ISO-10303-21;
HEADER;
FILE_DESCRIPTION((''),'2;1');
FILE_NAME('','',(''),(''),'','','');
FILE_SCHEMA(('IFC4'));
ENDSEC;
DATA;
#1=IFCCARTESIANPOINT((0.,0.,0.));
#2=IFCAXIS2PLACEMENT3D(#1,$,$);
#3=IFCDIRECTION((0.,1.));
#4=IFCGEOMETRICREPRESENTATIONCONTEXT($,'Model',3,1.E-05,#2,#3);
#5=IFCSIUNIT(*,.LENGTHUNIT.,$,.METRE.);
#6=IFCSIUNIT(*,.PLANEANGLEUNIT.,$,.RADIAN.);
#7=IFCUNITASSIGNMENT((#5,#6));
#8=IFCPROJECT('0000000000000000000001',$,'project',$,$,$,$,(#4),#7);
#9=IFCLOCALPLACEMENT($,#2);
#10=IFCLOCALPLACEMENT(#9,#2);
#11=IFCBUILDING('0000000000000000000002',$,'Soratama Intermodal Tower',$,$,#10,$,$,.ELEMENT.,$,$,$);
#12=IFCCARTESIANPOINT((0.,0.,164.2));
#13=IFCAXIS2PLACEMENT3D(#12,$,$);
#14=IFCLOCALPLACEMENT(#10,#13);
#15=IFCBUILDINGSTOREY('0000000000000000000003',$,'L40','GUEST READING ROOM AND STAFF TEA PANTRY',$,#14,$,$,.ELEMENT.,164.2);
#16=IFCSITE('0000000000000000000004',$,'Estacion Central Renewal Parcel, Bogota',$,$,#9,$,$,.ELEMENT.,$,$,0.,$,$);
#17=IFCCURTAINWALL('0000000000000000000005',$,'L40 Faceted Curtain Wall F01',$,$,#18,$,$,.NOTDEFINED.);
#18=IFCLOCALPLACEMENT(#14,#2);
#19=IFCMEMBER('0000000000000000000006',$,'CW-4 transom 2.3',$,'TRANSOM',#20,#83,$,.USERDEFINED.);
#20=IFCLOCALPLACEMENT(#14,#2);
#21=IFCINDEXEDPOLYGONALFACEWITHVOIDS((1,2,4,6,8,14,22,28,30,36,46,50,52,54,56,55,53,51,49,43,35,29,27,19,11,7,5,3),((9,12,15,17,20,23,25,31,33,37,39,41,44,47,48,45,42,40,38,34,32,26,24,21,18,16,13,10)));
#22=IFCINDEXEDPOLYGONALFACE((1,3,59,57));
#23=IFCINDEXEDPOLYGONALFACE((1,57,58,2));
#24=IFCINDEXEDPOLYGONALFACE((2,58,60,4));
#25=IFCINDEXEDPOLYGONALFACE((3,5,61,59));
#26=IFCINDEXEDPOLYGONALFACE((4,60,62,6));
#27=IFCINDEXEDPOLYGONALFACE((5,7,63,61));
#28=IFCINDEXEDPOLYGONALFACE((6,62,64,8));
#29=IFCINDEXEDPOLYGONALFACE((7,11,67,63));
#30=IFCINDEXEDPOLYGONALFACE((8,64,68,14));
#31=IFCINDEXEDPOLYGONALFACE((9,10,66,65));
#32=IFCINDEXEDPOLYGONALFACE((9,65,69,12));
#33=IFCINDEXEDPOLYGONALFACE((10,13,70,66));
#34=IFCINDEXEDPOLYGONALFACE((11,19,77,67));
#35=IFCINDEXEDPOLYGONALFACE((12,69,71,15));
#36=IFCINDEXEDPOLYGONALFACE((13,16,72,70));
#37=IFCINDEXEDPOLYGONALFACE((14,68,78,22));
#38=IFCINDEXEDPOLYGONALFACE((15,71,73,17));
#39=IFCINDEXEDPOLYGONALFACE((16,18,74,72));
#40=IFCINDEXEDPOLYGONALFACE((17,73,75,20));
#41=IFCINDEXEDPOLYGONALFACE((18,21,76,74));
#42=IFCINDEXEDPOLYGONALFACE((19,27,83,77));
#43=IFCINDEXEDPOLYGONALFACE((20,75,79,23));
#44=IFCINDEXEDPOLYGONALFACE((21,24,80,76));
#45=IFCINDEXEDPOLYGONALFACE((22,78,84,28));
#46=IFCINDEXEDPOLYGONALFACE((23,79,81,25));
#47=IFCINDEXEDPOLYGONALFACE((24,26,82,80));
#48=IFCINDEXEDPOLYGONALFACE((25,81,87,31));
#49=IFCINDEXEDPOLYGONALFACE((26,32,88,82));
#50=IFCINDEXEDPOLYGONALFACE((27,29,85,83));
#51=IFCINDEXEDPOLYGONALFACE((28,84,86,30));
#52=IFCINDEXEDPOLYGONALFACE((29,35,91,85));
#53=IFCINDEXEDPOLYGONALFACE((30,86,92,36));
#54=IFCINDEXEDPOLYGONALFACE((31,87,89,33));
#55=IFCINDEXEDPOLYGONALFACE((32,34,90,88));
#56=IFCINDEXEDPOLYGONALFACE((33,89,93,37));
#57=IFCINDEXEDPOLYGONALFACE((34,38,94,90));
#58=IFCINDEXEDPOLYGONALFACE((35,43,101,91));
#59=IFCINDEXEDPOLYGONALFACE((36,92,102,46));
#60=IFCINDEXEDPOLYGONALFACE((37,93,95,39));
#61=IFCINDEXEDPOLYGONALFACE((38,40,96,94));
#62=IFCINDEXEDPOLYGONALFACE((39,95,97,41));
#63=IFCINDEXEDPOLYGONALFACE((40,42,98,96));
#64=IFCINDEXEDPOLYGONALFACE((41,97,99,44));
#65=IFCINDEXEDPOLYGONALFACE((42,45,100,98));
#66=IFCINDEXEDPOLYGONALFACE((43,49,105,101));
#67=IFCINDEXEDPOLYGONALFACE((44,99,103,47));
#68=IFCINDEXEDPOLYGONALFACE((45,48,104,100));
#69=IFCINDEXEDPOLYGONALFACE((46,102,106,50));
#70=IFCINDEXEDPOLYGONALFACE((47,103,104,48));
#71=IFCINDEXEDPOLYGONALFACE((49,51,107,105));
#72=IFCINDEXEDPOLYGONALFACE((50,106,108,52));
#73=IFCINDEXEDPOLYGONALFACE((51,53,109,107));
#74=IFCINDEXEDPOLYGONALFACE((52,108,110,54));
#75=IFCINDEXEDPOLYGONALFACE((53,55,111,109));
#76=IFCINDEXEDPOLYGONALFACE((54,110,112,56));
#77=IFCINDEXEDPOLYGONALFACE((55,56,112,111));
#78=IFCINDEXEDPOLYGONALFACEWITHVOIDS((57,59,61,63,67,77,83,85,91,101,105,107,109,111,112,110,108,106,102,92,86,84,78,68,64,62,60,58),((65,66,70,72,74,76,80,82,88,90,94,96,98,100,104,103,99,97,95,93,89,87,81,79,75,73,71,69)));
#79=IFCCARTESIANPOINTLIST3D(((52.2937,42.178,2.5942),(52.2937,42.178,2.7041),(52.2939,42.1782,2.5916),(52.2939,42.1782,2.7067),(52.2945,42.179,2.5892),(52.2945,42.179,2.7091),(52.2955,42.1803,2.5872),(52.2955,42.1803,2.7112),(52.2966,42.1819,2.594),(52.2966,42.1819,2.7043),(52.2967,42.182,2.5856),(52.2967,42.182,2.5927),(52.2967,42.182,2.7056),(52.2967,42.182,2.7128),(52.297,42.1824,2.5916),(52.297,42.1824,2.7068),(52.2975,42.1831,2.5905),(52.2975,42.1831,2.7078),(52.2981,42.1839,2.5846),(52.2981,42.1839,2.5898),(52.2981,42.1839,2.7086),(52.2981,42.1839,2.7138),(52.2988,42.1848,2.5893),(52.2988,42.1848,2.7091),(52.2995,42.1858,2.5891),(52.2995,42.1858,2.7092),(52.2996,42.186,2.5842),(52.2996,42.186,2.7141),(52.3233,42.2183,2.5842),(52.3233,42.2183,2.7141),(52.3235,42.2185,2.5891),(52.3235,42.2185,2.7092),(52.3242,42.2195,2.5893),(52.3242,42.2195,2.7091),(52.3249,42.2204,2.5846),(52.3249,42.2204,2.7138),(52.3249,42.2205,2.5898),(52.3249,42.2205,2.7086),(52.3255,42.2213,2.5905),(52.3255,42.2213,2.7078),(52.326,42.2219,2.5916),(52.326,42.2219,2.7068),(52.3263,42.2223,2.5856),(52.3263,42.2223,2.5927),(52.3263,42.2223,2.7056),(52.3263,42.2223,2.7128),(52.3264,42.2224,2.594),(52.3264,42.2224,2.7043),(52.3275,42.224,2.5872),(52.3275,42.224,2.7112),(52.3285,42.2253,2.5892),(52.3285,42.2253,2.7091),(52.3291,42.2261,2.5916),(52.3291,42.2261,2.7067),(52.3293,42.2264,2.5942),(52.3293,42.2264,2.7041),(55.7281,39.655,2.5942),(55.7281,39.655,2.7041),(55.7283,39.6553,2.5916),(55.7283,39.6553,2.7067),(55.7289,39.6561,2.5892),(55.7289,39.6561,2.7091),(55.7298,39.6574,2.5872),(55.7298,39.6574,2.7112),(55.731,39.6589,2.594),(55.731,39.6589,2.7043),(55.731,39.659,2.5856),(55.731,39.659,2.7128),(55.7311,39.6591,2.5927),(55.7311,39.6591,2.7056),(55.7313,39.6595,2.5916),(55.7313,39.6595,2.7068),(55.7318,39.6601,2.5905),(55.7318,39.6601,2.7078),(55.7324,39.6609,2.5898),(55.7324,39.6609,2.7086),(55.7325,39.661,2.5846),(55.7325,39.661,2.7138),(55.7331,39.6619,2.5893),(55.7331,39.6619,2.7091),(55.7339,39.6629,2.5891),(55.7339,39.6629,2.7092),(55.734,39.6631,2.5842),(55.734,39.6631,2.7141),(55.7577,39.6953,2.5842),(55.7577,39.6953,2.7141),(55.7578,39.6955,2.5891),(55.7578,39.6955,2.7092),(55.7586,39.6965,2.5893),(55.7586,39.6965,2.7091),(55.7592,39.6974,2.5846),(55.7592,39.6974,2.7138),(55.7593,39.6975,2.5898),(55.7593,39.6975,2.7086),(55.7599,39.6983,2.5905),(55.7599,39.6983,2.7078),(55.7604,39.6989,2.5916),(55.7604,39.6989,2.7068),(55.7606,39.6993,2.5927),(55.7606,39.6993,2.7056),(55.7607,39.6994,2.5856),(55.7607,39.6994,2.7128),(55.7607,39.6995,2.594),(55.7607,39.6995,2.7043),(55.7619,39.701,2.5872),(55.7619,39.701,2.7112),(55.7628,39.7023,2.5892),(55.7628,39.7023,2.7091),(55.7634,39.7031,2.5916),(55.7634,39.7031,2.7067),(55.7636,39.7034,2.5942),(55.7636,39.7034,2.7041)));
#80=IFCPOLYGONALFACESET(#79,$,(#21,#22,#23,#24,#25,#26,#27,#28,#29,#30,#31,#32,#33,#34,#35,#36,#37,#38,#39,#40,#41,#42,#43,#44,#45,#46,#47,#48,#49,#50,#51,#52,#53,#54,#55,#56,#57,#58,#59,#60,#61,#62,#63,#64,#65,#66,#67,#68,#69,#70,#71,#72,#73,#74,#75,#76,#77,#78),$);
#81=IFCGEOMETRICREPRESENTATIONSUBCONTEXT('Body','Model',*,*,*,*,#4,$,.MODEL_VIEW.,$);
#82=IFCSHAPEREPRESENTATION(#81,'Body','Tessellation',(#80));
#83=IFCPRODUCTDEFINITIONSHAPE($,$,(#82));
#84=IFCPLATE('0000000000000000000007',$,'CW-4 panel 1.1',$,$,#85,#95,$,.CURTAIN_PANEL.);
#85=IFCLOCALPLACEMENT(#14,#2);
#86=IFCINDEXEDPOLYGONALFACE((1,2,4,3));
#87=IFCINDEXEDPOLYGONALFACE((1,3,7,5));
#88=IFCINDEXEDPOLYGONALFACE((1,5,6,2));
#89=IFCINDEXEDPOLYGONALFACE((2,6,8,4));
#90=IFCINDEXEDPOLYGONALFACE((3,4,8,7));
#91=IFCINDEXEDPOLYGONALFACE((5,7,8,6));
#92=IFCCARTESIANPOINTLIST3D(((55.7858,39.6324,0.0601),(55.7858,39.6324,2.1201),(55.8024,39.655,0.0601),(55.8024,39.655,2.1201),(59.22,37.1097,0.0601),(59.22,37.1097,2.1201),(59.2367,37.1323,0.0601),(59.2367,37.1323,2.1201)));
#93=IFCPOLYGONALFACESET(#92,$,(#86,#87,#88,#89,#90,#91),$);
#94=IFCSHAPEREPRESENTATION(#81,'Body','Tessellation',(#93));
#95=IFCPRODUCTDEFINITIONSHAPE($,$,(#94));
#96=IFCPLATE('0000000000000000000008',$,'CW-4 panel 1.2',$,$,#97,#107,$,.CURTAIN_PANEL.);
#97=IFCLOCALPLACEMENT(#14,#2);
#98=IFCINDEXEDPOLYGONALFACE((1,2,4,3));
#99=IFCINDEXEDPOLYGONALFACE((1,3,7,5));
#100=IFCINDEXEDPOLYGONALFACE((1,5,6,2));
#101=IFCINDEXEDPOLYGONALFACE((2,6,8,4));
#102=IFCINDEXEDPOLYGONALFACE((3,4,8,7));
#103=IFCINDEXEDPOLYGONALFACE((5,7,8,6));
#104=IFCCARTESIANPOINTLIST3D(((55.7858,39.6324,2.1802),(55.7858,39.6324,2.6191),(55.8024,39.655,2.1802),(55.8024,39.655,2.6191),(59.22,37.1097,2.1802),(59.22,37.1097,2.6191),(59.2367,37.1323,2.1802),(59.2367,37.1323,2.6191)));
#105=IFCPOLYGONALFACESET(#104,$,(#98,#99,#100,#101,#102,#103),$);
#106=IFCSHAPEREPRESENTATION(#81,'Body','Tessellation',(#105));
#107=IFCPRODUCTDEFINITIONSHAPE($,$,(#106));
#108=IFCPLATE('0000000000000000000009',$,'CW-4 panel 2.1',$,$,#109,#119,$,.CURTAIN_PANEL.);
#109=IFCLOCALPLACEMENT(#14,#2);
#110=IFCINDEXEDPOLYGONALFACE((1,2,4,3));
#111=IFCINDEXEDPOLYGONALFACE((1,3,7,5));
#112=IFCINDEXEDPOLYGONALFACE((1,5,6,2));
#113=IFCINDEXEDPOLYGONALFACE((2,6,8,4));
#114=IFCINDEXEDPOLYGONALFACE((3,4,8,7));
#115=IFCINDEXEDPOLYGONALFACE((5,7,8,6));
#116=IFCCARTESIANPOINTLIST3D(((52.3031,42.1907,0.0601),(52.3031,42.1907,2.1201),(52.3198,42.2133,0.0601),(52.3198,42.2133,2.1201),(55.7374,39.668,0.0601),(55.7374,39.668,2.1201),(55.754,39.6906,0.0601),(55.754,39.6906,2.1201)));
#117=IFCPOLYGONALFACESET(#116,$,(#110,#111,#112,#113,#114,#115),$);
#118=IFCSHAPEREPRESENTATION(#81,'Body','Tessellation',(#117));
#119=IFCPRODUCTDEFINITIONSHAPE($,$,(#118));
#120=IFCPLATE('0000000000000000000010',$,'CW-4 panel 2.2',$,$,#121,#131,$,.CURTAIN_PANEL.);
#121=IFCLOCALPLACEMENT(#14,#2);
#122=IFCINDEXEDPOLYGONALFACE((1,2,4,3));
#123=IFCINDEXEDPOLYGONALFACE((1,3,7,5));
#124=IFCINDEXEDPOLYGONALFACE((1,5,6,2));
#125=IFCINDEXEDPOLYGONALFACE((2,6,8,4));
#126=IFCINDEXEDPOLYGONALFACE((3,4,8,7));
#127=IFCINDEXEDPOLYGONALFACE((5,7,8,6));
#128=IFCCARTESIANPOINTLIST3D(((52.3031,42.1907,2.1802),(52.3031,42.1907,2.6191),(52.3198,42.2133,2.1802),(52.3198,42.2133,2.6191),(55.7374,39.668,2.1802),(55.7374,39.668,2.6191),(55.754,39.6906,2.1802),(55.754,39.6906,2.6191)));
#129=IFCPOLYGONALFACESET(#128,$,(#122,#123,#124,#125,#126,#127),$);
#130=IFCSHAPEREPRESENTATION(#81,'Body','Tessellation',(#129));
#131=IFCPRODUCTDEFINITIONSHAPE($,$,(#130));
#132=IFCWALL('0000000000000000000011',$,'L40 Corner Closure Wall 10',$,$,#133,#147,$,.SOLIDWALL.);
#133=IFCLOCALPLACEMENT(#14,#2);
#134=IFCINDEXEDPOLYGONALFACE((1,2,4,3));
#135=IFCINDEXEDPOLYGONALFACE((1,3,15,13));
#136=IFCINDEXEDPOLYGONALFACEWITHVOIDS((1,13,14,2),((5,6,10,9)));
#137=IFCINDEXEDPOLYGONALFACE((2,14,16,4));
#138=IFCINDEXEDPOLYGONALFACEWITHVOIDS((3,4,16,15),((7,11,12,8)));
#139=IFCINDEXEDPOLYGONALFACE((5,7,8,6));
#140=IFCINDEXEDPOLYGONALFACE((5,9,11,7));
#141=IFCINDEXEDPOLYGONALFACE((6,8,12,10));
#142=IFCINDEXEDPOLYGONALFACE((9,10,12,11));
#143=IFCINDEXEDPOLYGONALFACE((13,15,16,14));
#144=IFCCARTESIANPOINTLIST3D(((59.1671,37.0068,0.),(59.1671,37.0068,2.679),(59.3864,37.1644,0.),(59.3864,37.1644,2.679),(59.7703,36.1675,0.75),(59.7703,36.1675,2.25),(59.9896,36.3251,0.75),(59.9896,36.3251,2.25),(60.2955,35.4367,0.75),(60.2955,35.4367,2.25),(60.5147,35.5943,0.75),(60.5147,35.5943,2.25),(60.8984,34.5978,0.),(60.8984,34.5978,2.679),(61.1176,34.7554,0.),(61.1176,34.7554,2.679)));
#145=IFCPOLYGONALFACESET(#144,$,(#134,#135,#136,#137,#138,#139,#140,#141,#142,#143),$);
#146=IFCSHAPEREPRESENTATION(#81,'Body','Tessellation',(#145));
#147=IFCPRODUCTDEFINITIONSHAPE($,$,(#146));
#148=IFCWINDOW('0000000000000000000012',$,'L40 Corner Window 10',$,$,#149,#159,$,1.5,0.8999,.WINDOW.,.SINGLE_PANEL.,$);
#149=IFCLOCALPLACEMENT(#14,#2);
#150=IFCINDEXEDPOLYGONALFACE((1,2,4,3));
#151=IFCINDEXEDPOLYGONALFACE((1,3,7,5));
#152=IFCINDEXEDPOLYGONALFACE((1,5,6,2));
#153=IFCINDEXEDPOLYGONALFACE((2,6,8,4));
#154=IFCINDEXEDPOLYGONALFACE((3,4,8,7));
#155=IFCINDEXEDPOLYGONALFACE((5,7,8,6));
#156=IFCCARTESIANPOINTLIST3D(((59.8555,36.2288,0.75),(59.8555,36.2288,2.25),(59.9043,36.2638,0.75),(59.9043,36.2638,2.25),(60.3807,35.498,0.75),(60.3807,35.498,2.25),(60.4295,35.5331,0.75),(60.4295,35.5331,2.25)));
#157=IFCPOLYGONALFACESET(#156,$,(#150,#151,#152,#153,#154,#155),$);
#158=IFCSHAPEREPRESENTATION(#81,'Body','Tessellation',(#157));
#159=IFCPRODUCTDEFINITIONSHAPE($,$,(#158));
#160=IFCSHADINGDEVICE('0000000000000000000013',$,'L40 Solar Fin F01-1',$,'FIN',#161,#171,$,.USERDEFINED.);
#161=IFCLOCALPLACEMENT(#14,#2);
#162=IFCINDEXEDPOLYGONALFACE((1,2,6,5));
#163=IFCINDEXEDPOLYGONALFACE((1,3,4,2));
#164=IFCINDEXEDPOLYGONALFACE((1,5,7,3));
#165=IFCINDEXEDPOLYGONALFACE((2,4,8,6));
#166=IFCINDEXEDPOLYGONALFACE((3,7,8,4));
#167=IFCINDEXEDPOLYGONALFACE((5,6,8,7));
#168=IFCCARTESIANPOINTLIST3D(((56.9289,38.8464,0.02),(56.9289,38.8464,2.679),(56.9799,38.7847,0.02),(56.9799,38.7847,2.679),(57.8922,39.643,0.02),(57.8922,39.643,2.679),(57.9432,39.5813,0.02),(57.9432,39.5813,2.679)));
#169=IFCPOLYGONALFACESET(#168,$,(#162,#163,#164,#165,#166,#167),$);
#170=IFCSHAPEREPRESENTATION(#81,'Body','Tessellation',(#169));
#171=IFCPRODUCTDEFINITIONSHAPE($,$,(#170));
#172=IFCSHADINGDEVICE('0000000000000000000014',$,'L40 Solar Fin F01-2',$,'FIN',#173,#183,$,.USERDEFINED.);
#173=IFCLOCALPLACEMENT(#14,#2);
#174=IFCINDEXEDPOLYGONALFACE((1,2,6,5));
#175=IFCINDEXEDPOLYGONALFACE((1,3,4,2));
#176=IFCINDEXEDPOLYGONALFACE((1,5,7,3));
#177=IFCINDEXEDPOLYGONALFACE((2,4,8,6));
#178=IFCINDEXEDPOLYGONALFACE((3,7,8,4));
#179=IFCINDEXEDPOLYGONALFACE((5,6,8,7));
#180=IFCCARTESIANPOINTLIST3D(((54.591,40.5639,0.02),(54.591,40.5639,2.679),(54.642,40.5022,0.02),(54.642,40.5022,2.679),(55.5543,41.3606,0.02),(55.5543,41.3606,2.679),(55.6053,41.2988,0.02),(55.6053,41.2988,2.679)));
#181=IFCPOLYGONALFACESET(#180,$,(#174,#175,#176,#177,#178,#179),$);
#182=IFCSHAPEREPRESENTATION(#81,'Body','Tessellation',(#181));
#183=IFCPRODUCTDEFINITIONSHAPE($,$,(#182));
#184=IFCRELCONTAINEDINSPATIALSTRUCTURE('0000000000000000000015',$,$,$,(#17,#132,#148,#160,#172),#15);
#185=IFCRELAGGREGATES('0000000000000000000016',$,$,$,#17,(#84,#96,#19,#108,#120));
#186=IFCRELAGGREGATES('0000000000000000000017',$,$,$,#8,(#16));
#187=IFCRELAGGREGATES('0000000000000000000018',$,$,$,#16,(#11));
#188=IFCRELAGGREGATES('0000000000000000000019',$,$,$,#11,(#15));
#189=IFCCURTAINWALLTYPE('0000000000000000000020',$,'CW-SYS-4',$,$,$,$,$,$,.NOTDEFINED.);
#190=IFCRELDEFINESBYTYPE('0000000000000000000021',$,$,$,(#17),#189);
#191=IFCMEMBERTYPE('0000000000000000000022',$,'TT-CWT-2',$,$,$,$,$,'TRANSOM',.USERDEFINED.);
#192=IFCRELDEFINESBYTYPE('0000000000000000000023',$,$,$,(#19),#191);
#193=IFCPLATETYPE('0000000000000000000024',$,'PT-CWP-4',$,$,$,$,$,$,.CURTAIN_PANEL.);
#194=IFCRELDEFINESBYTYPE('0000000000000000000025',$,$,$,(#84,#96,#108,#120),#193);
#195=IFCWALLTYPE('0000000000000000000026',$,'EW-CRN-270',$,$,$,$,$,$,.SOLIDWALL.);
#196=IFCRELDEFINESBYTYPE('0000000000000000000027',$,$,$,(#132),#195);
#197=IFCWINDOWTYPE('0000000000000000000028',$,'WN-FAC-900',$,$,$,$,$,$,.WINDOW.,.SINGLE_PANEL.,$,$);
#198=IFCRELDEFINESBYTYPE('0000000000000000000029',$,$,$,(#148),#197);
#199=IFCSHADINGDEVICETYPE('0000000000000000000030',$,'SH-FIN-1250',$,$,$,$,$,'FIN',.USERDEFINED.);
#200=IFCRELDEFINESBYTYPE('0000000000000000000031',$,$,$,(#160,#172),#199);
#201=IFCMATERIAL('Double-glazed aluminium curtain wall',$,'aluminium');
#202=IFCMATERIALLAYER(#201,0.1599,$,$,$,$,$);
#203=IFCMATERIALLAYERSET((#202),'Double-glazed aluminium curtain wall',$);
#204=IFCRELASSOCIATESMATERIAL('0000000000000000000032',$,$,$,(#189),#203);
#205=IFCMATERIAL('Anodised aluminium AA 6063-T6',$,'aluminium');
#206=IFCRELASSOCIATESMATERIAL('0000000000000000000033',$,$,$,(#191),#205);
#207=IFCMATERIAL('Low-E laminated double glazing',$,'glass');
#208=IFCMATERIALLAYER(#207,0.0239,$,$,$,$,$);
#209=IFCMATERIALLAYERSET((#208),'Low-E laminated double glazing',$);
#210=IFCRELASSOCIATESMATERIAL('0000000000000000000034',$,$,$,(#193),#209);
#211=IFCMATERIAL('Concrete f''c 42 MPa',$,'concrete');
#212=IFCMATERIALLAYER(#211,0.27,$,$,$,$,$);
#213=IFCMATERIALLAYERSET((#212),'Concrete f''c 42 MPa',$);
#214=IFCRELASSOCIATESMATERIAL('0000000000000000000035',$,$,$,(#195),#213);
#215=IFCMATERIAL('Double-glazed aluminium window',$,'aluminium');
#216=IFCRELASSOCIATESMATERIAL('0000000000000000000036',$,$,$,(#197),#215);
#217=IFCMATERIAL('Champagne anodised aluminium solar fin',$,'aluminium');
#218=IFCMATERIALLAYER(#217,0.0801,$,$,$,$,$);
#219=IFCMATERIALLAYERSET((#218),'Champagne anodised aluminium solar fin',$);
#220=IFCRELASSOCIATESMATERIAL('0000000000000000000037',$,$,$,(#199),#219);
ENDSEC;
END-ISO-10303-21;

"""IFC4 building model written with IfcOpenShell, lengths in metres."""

from ifc_helpers import new_model, si_unit, direction, frame, frame_2d, origin, origin_2d, place, context, subcontext, project, spatial, rectangle, hollow_rectangle, extrude, material, layer, layer_set, material_profile, profile_set, type_object, element, fill, aggregate, save


model = new_model("IFC4")

# Units and contexts
model_context = context("Model", 3, precision=1e-05, world=origin(), true_north=direction((0.0, 1.0)))
body_context = subcontext(model_context, "Body", "Model", "MODEL_VIEW")
ifc_project = project(units=[si_unit("LENGTHUNIT", "METRE"), si_unit("PLANEANGLEUNIT", "RADIAN")], contexts=[model_context])

# Site, building, storey
site_placement = place(None, origin())
site = spatial("IfcSite", under=ifc_project, at=site_placement, Name="Estacion Central Renewal Parcel, Bogota", CompositionType="ELEMENT", RefElevation=0.0)
building_placement = place(site_placement, origin())
building = spatial("IfcBuilding", under=site, at=building_placement, Name="Soratama Intermodal Tower", CompositionType="ELEMENT")
storey_placement = place(building_placement, frame((0.0, 0.0, 164.2)))
storey = spatial("IfcBuildingStorey", under=building, at=storey_placement, Name="L40", Description="GUEST READING ROOM AND STAFF TEA PANTRY", CompositionType="ELEMENT", Elevation=164.2)

# Curtain wall, member, plates
ifc_material_1 = material(Name="Double-glazed aluminium curtain wall", Category="aluminium")
ifc_layer_1 = layer(ifc_material_1, 0.1599)
ifc_layer_set_1 = layer_set([ifc_layer_1], Name="Double-glazed aluminium curtain wall")
curtain_wall_type = type_object("IfcCurtainWallType", Name="CW-SYS-4", PredefinedType="NOTDEFINED", material=ifc_layer_set_1)
curtain_wall_placement = place(storey_placement, origin())
curtain_wall = element("IfcCurtainWall", 1, at=curtain_wall_placement, inside=storey, type_object=curtain_wall_type, Name="L40 Faceted Curtain Wall F01", PredefinedType="NOTDEFINED")
ifc_material_2 = material(Name="Anodised aluminium AA 6063-T6", Category="aluminium")
ifc_material_profile_1 = material_profile(ifc_material_2, hollow_rectangle(XDim=0.0601, YDim=0.1299, WallThickness=0.0049, InnerFilletRadius=0.0049, OuterFilletRadius=0.01, at=origin_2d()), Name="CWT130X60X5")
ifc_profile_set_1 = profile_set([ifc_material_profile_1], Name="Anodised aluminium AA 6063-T6")
member_type_1 = type_object("IfcMemberType", Name="TT-CWT-2", ElementType="TRANSOM", PredefinedType="USERDEFINED", material=ifc_profile_set_1)
member_1_placement = place(storey_placement, frame((55.7458, 39.6792, 2.6492), z_axis=(-0.805907, 0.592042, 0.0), x_axis=(-0.592042, -0.805907, 0.0)))
member_1 = element("IfcMember", 2, at=member_1_placement, type_object=member_type_1, Name="CW-4 transom 2.3", ObjectType="TRANSOM", PredefinedType="USERDEFINED", context=body_context, shape_type="SweptSolid", body=[
    extrude(hollow_rectangle(XDim=0.0601, YDim=0.1299, WallThickness=0.0049, InnerFilletRadius=0.0049, OuterFilletRadius=0.01, at=origin_2d()), origin(), (0.0, 0.0, 1.0), 4.2615),
])
ifc_material_3 = material(Name="Low-E laminated double glazing", Category="glass")
ifc_layer_2 = layer(ifc_material_3, 0.0239)
ifc_layer_set_2 = layer_set([ifc_layer_2], Name="Low-E laminated double glazing")
plate_type = type_object("IfcPlateType", Name="PT-CWP-4", PredefinedType="CURTAIN_PANEL", material=ifc_layer_set_2)
plate_1_placement = place(storey_placement, frame((57.5112, 38.3823, 0.0601), z_axis=(0.0, 0.0, 1.0), x_axis=(-0.805927, 0.592015, 0.0)))
plate_1 = element("IfcPlate", 3, at=plate_1_placement, type_object=plate_type, Name="CW-4 panel 1.1", PredefinedType="CURTAIN_PANEL", context=body_context, shape_type="SweptSolid", body=[
    extrude(rectangle(XDim=4.2612, YDim=0.0281, at=origin_2d()), origin(), (0.0, 0.0, 1.0), 2.0601),
])
plate_2_placement = place(storey_placement, frame((57.5112, 38.3823, 2.1802), z_axis=(0.0, 0.0, 1.0), x_axis=(-0.805927, 0.592015, 0.0)))
plate_2 = element("IfcPlate", 4, at=plate_2_placement, type_object=plate_type, Name="CW-4 panel 1.2", PredefinedType="CURTAIN_PANEL", context=body_context, shape_type="SweptSolid", body=[
    extrude(rectangle(XDim=4.2612, YDim=0.0281, at=origin_2d()), origin(), (0.0, 0.0, 1.0), 0.439),
])
plate_3_placement = place(storey_placement, frame((54.0286, 40.9407, 0.0601), z_axis=(0.0, 0.0, 1.0), x_axis=(-0.805927, 0.592015, 0.0)))
plate_3 = element("IfcPlate", 5, at=plate_3_placement, type_object=plate_type, Name="CW-4 panel 2.1", PredefinedType="CURTAIN_PANEL", context=body_context, shape_type="SweptSolid", body=[
    extrude(rectangle(XDim=4.2612, YDim=0.0281, at=origin_2d()), origin(), (0.0, 0.0, 1.0), 2.0601),
])
plate_4_placement = place(storey_placement, frame((54.0286, 40.9407, 2.1802), z_axis=(0.0, 0.0, 1.0), x_axis=(-0.805927, 0.592015, 0.0)))
plate_4 = element("IfcPlate", 6, at=plate_4_placement, type_object=plate_type, Name="CW-4 panel 2.2", PredefinedType="CURTAIN_PANEL", context=body_context, shape_type="SweptSolid", body=[
    extrude(rectangle(XDim=4.2612, YDim=0.0281, at=origin_2d()), origin(), (0.0, 0.0, 1.0), 0.439),
])
aggregate(curtain_wall, [plate_1, plate_2, member_1, plate_3, plate_4])

# Wall, opening, window
ifc_material_4 = material(Name="Concrete f'c 42 MPa", Category="concrete")
ifc_layer_3 = layer(ifc_material_4, 0.27)
ifc_layer_set_3 = layer_set([ifc_layer_3], Name="Concrete f'c 42 MPa")
wall_type = type_object("IfcWallType", Name="EW-CRN-270", PredefinedType="SOLIDWALL", material=ifc_layer_set_3)
wall_placement = place(storey_placement, frame((61.0081, 34.6765, 0.0), z_axis=(0.0, 0.0, 1.0), x_axis=(-0.583587, 0.812051, 0.0)))
wall = element("IfcWall", 7, at=wall_placement, inside=storey, type_object=wall_type, Name="L40 Corner Closure Wall 10", PredefinedType="SOLIDWALL", context=body_context, shape_type="SweptSolid", body=[
    extrude(rectangle(XDim=2.9666, YDim=0.27, at=frame_2d((1.4834, 0.0))), origin(), (0.0, 0.0, 1.0), 2.679),
])
opening_placement = place(wall_placement, frame((1.0332, 0.0, 0.75)))
opening = element("IfcOpeningElement", 8, at=opening_placement, cuts=wall, PredefinedType="OPENING", context=body_context, shape_type="SweptSolid", body=[
    extrude(rectangle(XDim=0.8999, YDim=1.5, at=frame_2d((0.45, 0.75))), frame((0.0, 0.145, 0.0), z_axis=(0.0, -1.0, 0.0), x_axis=(1.0, 0.0, 0.0)), (0.0, 0.0, 1.0), 0.29),
])
ifc_material_5 = material(Name="Double-glazed aluminium window", Category="aluminium")
window_type = type_object("IfcWindowType", Name="WN-FAC-900", PartitioningType="SINGLE_PANEL", PredefinedType="WINDOW", material=ifc_material_5)
window_placement = place(opening_placement, origin())
window = element("IfcWindow", 9, at=window_placement, inside=storey, type_object=window_type, Name="L40 Corner Window 10", OverallHeight=1.5, OverallWidth=0.8999, PartitioningType="SINGLE_PANEL", PredefinedType="WINDOW", context=body_context, shape_type="SweptSolid", body=[
    extrude(rectangle(XDim=0.8999, YDim=1.5, at=frame_2d((0.45, 0.75))), frame((0.0, 0.03, 0.0), z_axis=(0.0, -1.0, 0.0), x_axis=(1.0, 0.0, 0.0)), (0.0, 0.0, 1.0), 0.0601),
])
fill(opening, window)

# Shading devices
ifc_material_6 = material(Name="Champagne anodised aluminium solar fin", Category="aluminium")
ifc_layer_4 = layer(ifc_material_6, 0.0801)
ifc_layer_set_4 = layer_set([ifc_layer_4], Name="Champagne anodised aluminium solar fin")
shading_device_type = type_object("IfcShadingDeviceType", Name="SH-FIN-1250", ElementType="FIN", PredefinedType="USERDEFINED", material=ifc_layer_set_4)
for number, where, z_axis, x_axis, name in (
    (10, (57.436, 39.2139, 0.02), (0.0, 0.0, 1.0), (0.770624, 0.63729, 0.0), "L40 Solar Fin F01-1"),
    (11, (55.0981, 40.9314, 0.02), (0.0, 0.0, 1.0), (0.770624, 0.63729, 0.0), "L40 Solar Fin F01-2"),
):
    element("IfcShadingDevice", number, at=place(storey_placement, frame(where, z_axis=z_axis, x_axis=x_axis)), inside=storey, type_object=shading_device_type, Name=name, ObjectType="FIN", PredefinedType="USERDEFINED", context=body_context, shape_type="SweptSolid", body=[
        extrude(rectangle(XDim=1.25, YDim=0.0801, at=origin_2d()), origin(), (0.0, 0.0, 1.0), 2.6589),
    ])

save(model, "model.ifc")
